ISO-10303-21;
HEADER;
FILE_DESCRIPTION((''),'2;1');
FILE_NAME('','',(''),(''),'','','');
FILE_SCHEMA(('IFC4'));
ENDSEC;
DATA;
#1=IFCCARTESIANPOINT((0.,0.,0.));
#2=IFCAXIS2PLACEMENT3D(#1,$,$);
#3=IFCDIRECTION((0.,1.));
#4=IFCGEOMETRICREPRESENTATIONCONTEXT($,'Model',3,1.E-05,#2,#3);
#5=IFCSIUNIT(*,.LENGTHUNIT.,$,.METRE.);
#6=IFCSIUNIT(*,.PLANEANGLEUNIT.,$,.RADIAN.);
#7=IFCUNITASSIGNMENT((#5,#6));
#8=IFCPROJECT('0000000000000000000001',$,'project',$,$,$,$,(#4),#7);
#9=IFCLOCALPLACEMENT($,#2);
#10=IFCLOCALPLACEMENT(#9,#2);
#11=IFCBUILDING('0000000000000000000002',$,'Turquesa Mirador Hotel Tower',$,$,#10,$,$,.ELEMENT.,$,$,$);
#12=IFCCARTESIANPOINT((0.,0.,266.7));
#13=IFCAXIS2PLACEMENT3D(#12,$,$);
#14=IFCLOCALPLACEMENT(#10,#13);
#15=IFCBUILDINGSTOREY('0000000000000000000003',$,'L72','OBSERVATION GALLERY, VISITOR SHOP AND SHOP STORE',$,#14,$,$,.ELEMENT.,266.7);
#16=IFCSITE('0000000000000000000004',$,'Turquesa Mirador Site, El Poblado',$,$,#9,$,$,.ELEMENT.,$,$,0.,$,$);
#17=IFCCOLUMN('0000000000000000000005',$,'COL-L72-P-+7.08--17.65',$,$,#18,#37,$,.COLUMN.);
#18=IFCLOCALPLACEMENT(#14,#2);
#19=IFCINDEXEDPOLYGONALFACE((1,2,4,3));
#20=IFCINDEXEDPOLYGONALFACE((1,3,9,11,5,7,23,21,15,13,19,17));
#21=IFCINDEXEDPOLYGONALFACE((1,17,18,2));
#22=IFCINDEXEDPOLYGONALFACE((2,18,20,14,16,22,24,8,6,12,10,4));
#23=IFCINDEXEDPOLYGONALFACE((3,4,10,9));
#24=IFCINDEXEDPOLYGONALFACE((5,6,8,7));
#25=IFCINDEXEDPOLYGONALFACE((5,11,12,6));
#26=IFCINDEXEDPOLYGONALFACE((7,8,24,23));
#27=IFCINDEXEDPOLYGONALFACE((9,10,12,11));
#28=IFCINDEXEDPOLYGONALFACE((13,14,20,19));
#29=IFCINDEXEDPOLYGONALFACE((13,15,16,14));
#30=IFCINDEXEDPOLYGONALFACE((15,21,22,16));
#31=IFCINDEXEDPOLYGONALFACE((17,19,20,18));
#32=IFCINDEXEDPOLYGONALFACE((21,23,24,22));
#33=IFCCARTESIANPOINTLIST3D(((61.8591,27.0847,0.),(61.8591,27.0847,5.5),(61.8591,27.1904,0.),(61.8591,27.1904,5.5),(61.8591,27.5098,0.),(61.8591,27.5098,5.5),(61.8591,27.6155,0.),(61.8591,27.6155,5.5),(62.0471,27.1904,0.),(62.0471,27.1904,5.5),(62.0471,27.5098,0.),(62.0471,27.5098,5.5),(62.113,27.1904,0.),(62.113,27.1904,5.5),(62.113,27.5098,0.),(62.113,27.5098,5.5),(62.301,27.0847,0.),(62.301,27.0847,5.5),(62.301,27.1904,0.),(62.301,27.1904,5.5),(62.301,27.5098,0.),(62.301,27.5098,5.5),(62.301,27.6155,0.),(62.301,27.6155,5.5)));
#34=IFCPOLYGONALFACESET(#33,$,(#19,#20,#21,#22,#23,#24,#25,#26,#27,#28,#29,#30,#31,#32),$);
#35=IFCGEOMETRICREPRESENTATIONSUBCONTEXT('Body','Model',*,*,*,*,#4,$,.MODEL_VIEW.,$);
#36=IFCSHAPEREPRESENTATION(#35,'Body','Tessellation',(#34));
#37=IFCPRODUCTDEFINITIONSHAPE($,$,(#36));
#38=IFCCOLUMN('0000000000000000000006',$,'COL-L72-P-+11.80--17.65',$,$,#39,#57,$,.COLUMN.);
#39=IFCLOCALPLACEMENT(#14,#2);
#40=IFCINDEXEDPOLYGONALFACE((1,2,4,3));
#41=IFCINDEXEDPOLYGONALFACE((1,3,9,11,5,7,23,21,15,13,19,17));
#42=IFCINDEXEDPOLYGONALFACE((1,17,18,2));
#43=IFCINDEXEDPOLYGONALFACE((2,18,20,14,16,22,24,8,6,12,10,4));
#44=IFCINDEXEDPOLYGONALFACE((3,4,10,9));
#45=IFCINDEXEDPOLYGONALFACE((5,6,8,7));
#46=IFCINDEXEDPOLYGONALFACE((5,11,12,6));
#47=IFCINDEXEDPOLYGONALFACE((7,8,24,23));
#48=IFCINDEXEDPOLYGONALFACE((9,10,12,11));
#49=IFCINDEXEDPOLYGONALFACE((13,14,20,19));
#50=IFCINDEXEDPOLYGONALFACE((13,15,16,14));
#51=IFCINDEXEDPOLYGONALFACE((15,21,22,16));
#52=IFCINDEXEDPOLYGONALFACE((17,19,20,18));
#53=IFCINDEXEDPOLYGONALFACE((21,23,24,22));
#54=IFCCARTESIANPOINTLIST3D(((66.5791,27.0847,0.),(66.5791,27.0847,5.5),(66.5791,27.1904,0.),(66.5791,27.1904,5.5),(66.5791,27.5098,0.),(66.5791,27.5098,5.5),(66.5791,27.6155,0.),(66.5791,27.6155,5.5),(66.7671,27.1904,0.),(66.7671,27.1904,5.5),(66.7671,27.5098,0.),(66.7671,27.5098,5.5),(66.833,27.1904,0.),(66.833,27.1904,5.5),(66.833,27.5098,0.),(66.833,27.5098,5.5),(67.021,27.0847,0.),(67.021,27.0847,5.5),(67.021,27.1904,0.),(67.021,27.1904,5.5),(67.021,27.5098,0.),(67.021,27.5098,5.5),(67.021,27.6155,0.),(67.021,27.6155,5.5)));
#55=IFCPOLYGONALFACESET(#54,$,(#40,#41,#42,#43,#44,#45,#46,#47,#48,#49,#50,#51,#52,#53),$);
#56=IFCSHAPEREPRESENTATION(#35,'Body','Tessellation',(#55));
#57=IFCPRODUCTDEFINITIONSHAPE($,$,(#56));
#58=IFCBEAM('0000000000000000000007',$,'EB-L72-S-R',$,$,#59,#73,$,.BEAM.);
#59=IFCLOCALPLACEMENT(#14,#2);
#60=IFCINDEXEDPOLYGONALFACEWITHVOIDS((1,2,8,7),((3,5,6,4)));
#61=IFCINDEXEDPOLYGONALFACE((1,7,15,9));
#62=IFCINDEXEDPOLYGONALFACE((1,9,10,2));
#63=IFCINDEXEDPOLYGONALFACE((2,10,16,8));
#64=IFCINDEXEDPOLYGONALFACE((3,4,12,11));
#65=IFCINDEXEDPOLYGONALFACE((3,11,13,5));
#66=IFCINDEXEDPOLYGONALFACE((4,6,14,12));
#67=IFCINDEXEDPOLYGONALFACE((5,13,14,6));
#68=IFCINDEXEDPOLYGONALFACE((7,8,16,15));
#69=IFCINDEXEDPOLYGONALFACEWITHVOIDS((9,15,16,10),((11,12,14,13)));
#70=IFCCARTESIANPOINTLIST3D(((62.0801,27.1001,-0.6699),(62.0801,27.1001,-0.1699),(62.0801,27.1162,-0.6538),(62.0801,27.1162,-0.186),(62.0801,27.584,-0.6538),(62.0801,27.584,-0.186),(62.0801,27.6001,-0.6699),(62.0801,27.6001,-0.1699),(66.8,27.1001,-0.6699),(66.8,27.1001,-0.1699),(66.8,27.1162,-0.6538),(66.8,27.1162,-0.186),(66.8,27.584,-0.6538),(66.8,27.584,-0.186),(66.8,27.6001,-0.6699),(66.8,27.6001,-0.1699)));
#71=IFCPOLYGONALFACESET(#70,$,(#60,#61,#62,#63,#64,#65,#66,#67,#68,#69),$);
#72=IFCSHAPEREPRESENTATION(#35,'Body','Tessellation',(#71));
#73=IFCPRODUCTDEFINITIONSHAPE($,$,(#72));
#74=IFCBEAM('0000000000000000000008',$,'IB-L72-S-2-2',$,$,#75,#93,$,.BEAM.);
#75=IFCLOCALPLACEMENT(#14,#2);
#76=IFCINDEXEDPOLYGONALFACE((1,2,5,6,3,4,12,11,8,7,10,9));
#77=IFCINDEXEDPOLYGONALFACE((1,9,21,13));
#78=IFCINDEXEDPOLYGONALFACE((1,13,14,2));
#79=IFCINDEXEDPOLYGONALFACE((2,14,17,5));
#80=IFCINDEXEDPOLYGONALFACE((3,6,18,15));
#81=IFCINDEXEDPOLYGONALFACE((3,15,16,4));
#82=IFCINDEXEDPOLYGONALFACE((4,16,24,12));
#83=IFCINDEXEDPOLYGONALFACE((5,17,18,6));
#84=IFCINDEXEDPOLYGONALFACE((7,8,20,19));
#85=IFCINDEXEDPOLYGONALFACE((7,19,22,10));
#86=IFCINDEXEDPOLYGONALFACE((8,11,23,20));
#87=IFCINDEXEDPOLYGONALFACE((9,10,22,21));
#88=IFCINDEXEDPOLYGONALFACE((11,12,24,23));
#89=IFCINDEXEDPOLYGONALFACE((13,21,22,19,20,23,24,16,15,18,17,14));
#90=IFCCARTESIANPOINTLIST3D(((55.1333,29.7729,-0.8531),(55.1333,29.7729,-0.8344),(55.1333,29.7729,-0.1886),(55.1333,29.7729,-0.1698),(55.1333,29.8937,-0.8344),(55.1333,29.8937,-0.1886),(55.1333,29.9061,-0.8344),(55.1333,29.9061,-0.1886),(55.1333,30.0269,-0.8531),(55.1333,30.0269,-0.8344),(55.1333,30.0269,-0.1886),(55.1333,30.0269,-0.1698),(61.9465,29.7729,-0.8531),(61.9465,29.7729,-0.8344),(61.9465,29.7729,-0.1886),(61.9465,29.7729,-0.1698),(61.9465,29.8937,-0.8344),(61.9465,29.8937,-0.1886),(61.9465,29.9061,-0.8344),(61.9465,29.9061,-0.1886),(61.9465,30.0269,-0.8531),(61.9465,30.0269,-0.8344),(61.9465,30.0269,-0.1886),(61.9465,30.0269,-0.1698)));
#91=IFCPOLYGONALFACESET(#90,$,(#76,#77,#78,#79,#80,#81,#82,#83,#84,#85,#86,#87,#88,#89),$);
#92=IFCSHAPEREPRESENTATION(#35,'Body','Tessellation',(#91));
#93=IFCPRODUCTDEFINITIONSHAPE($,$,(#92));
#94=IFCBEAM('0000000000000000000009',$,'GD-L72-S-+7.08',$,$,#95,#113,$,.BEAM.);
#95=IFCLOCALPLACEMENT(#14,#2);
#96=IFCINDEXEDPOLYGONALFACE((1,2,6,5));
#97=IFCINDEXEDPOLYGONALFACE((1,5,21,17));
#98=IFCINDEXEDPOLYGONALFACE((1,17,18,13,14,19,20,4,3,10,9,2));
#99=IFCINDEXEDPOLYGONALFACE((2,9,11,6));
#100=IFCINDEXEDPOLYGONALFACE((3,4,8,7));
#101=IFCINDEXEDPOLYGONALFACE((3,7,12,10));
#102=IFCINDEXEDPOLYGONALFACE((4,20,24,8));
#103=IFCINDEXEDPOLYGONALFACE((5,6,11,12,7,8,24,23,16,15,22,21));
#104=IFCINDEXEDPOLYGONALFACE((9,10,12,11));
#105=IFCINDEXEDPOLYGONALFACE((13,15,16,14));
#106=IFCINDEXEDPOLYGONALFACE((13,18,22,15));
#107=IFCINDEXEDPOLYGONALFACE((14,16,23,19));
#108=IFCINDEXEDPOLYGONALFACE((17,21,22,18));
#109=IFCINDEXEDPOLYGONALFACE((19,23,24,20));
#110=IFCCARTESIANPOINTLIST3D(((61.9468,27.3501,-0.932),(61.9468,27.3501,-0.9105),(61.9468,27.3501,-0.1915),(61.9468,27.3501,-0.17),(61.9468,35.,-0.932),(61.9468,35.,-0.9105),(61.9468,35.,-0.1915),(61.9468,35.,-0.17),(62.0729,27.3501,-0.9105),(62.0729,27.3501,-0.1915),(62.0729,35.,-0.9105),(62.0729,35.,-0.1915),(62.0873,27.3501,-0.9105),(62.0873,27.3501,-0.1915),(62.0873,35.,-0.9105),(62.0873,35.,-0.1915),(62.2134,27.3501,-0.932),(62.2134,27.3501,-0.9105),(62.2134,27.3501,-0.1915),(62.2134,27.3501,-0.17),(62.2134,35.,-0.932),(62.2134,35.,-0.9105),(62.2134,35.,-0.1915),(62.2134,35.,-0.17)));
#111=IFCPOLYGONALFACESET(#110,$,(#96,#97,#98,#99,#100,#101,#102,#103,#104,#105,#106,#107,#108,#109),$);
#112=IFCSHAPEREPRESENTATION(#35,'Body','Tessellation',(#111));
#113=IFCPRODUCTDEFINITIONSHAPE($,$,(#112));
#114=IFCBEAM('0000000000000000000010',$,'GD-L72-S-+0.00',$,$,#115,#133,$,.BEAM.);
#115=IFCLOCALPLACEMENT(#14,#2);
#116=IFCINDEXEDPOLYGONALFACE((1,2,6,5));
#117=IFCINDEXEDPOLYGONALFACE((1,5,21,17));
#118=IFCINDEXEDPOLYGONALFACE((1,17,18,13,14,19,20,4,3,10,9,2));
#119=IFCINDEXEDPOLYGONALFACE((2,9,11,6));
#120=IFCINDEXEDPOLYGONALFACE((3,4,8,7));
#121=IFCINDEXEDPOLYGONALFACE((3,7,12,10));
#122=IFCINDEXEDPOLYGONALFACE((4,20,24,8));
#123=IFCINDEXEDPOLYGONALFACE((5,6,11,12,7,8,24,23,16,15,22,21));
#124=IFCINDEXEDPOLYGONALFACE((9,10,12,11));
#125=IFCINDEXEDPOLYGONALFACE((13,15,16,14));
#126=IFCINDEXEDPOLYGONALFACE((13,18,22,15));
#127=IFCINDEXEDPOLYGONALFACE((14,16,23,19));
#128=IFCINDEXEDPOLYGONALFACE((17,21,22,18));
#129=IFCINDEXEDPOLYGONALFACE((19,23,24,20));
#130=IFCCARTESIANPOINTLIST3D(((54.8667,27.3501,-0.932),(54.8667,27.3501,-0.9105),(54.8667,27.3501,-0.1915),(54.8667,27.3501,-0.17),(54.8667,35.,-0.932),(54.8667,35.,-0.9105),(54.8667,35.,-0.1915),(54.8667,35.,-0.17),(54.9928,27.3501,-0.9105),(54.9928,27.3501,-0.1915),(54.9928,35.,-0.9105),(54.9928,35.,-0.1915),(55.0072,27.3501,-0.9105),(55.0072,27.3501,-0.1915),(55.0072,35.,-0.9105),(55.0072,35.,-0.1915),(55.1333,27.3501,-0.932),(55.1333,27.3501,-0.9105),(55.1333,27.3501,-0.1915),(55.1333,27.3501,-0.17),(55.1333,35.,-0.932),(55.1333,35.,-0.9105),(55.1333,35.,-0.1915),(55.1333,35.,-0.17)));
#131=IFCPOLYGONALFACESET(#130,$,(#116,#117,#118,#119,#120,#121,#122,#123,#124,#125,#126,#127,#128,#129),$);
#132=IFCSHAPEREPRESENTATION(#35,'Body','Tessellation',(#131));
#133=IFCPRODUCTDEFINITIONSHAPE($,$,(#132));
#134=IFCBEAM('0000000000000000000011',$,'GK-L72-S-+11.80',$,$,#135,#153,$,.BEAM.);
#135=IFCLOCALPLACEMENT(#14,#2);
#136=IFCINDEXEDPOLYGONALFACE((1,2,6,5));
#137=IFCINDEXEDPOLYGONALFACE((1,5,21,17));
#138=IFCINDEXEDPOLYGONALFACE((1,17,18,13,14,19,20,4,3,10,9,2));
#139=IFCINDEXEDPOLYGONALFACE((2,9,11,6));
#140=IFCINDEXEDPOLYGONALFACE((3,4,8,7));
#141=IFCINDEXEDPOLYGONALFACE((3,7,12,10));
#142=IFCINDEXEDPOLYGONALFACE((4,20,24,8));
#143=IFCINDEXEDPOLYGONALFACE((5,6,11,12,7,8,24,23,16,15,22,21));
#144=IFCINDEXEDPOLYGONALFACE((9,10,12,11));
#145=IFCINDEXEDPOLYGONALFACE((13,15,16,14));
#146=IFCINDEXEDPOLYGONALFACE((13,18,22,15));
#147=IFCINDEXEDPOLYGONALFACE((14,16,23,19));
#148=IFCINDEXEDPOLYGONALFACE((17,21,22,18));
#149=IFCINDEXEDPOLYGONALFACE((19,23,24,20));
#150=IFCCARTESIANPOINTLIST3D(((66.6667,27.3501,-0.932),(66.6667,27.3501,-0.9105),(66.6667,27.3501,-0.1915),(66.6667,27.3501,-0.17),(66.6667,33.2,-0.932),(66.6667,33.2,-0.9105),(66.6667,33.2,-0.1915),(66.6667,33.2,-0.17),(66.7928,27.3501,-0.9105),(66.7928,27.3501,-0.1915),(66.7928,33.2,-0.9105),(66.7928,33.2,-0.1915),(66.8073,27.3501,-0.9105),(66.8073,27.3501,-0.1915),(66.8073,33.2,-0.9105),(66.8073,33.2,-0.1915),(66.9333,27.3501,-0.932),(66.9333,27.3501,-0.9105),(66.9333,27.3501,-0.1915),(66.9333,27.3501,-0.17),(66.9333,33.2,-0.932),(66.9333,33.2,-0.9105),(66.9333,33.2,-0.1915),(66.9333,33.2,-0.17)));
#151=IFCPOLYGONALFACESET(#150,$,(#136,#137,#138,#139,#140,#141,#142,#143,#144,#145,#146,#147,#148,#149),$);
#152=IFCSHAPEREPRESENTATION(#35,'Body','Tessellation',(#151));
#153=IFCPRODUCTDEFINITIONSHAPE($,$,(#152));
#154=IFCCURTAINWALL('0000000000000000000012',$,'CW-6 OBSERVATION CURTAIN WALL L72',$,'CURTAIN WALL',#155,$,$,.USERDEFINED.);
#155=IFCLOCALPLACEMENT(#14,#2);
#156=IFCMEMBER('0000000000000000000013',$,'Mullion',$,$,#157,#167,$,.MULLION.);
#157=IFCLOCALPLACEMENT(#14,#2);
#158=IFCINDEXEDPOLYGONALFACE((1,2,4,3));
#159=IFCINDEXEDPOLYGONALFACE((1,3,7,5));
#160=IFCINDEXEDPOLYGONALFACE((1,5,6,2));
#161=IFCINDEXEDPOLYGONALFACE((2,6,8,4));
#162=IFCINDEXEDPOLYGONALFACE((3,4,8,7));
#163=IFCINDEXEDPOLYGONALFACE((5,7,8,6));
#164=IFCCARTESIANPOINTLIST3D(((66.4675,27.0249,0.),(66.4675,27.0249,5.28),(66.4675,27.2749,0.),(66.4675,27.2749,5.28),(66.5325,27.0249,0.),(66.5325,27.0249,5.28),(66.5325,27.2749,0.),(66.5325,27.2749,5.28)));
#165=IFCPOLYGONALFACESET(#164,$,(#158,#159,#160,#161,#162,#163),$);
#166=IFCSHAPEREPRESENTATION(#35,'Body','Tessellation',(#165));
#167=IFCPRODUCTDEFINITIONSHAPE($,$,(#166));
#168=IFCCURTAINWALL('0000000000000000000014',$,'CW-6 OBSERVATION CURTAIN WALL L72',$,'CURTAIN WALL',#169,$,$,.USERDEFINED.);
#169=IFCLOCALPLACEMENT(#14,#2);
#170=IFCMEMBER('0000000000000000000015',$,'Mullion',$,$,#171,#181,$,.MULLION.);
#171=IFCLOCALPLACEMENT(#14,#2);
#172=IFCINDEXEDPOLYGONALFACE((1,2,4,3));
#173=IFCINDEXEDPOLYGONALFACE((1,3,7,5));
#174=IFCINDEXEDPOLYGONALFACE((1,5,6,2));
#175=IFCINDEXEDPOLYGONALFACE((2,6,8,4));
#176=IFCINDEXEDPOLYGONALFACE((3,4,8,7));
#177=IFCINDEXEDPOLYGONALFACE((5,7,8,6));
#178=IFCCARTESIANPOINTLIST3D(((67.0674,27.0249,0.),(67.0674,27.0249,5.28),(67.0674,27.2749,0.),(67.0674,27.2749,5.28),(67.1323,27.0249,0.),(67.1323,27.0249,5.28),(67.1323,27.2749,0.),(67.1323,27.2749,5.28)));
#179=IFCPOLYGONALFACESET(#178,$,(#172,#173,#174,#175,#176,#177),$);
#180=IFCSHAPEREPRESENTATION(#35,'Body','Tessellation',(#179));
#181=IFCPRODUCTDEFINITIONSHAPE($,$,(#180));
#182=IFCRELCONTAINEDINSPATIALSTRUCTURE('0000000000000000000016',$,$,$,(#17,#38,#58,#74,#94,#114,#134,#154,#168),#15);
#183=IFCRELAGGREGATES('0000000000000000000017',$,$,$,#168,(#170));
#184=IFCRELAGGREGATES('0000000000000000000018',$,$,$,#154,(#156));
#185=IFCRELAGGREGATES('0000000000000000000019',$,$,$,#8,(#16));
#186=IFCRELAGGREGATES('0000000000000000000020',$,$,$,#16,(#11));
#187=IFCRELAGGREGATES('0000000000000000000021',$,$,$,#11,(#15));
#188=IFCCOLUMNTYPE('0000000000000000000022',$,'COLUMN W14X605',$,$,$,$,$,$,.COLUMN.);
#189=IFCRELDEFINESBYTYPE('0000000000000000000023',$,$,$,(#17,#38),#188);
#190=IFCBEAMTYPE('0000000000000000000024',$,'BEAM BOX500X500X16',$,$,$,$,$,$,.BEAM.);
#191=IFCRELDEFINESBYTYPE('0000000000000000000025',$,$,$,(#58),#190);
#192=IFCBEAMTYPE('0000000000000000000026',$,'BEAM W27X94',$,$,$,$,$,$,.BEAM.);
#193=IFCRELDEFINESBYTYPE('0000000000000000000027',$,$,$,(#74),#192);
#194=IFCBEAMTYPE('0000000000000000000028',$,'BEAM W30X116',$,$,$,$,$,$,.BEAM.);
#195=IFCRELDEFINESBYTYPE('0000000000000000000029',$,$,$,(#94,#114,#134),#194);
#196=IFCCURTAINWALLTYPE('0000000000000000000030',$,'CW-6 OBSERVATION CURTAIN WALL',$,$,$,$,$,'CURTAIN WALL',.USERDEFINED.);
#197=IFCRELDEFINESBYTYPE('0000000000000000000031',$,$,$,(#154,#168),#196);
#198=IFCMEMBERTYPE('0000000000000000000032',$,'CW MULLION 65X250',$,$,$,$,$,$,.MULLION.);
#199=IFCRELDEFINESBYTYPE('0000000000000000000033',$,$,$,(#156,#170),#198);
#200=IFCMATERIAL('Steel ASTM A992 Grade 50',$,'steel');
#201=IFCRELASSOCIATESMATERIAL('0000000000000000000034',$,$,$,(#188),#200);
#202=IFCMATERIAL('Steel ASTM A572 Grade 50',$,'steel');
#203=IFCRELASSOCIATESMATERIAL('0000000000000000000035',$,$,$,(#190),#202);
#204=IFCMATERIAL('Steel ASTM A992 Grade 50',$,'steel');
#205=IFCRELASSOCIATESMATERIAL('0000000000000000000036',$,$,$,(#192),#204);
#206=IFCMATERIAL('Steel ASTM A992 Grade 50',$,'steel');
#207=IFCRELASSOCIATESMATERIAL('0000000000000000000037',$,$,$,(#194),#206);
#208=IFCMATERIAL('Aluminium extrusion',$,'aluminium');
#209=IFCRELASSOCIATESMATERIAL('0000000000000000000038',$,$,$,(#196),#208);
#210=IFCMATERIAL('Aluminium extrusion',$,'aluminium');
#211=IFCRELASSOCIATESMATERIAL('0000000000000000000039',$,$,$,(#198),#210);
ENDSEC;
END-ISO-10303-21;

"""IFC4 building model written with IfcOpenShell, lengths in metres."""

from ifc_helpers import new_model, si_unit, direction, frame, origin, origin_2d, place, context, subcontext, project, spatial, rectangle, hollow_rectangle, i_section, extrude, material, material_profile, profile_set, type_object, element, aggregate, save


model = new_model("IFC4")

# Units and contexts
model_context = context("Model", 3, precision=1e-05, world=origin(), true_north=direction((0.0, 1.0)))
body_context = subcontext(model_context, "Body", "Model", "MODEL_VIEW")
ifc_project = project(units=[si_unit("LENGTHUNIT", "METRE"), si_unit("PLANEANGLEUNIT", "RADIAN")], contexts=[model_context])

# Site, building, storey
site_placement = place(None, origin())
site = spatial("IfcSite", under=ifc_project, at=site_placement, Name="Turquesa Mirador Site, El Poblado", CompositionType="ELEMENT", RefElevation=0.0)
building_placement = place(site_placement, origin())
building = spatial("IfcBuilding", under=site, at=building_placement, Name="Turquesa Mirador Hotel Tower", CompositionType="ELEMENT")
storey_placement = place(building_placement, frame((0.0, 0.0, 266.7)))
storey = spatial("IfcBuildingStorey", under=building, at=storey_placement, Name="L72", Description="OBSERVATION GALLERY, VISITOR SHOP AND SHOP STORE", CompositionType="ELEMENT", Elevation=266.7)

# Columns
ifc_material_1 = material(Name="Steel ASTM A992 Grade 50", Category="steel")
ifc_material_profile_1 = material_profile(ifc_material_1, i_section(OverallWidth=0.4419, OverallDepth=0.5308, WebThickness=0.0659, FlangeThickness=0.1057, at=origin_2d()), Name="W14X605")
ifc_profile_set_1 = profile_set([ifc_material_profile_1], Name="Steel ASTM A992 Grade 50")
column_type = type_object("IfcColumnType", Name="COLUMN W14X605", PredefinedType="COLUMN", material=ifc_profile_set_1)
for number, where, z_axis, x_axis, name in (
    (1, (62.0801, 27.3501, 0.0), (0.0, 0.0, 1.0), (1.0, 0.0, 0.0), "COL-L72-P-+7.08--17.65"),
    (2, (66.8, 27.3501, 0.0), (0.0, 0.0, 1.0), (1.0, 0.0, 0.0), "COL-L72-P-+11.80--17.65"),
):
    element("IfcColumn", number, at=place(storey_placement, frame(where, z_axis=z_axis, x_axis=x_axis)), inside=storey, type_object=column_type, Name=name, PredefinedType="COLUMN", context=body_context, shape_type="SweptSolid", body=[
        extrude(i_section(OverallWidth=0.4419, OverallDepth=0.5308, WebThickness=0.0659, FlangeThickness=0.1057, at=origin_2d()), origin(), (0.0, 0.0, 1.0), 5.5),
    ])

# Beams
ifc_material_2 = material(Name="Steel ASTM A572 Grade 50", Category="steel")
ifc_material_profile_2 = material_profile(ifc_material_2, hollow_rectangle(XDim=0.5, YDim=0.5, WallThickness=0.0161, at=origin_2d()), Name="BOX500X500X16")
ifc_profile_set_2 = profile_set([ifc_material_profile_2], Name="Steel ASTM A572 Grade 50")
beam_type_1 = type_object("IfcBeamType", Name="BEAM BOX500X500X16", PredefinedType="BEAM", material=ifc_profile_set_2)
beam_1_placement = place(storey_placement, frame((62.0801, 27.3501, -0.4199), z_axis=(1.0, 0.0, 0.0), x_axis=(0.0, 1.0, 0.0)))
element("IfcBeam", 3, at=beam_1_placement, inside=storey, type_object=beam_type_1, Name="EB-L72-S-R", PredefinedType="BEAM", context=body_context, shape_type="SweptSolid", body=[
    extrude(hollow_rectangle(XDim=0.5, YDim=0.5, WallThickness=0.0161, at=origin_2d()), origin(), (0.0, 0.0, 1.0), 4.72),
])
ifc_material_3 = material(Name="Steel ASTM A992 Grade 50", Category="steel")
ifc_material_profile_3 = material_profile(ifc_material_3, i_section(OverallWidth=0.2539, OverallDepth=0.6833, WebThickness=0.0125, FlangeThickness=0.0188, at=origin_2d()), Name="W27X94")
ifc_profile_set_3 = profile_set([ifc_material_profile_3], Name="Steel ASTM A992 Grade 50")
beam_type_2 = type_object("IfcBeamType", Name="BEAM W27X94", PredefinedType="BEAM", material=ifc_profile_set_3)
beam_2_placement = place(storey_placement, frame((55.1333, 29.8999, -0.5115), z_axis=(1.0, 0.0, 0.0), x_axis=(0.0, 1.0, 0.0)))
element("IfcBeam", 4, at=beam_2_placement, inside=storey, type_object=beam_type_2, Name="IB-L72-S-2-2", PredefinedType="BEAM", context=body_context, shape_type="SweptSolid", body=[
    extrude(i_section(OverallWidth=0.2539, OverallDepth=0.6833, WebThickness=0.0125, FlangeThickness=0.0188, at=origin_2d()), origin(), (0.0, 0.0, 1.0), 6.8132),
])
ifc_material_4 = material(Name="Steel ASTM A992 Grade 50", Category="steel")
ifc_material_profile_4 = material_profile(ifc_material_4, i_section(OverallWidth=0.2666, OverallDepth=0.762, WebThickness=0.0144, FlangeThickness=0.0215, at=origin_2d()), Name="W30X116")
ifc_profile_set_4 = profile_set([ifc_material_profile_4], Name="Steel ASTM A992 Grade 50")
beam_type_3 = type_object("IfcBeamType", Name="BEAM W30X116", PredefinedType="BEAM", material=ifc_profile_set_4)
for number, where, z_axis, x_axis, name in (
    (5, (62.0801, 27.3501, -0.551), (0.0, 1.0, 0.0), (-1.0, 0.0, 0.0), "GD-L72-S-+7.08"),
    (6, (55.0, 27.3501, -0.551), (0.0, 1.0, 0.0), (-1.0, 0.0, 0.0), "GD-L72-S-+0.00"),
):
    element("IfcBeam", number, at=place(storey_placement, frame(where, z_axis=z_axis, x_axis=x_axis)), inside=storey, type_object=beam_type_3, Name=name, PredefinedType="BEAM", context=body_context, shape_type="SweptSolid", body=[
        extrude(i_section(OverallWidth=0.2666, OverallDepth=0.762, WebThickness=0.0144, FlangeThickness=0.0215, at=origin_2d()), origin(), (0.0, 0.0, 1.0), 7.6499),
    ])
beam_3_placement = place(storey_placement, frame((66.8, 27.3501, -0.551), z_axis=(0.0, 1.0, 0.0), x_axis=(-1.0, 0.0, 0.0)))
element("IfcBeam", 7, at=beam_3_placement, inside=storey, type_object=beam_type_3, Name="GK-L72-S-+11.80", PredefinedType="BEAM", context=body_context, shape_type="SweptSolid", body=[
    extrude(i_section(OverallWidth=0.2666, OverallDepth=0.762, WebThickness=0.0144, FlangeThickness=0.0215, at=origin_2d()), origin(), (0.0, 0.0, 1.0), 5.8499),
])

# Curtain walls, members
ifc_material_5 = material(Name="Aluminium extrusion", Category="aluminium")
curtain_wall_type = type_object("IfcCurtainWallType", Name="CW-6 OBSERVATION CURTAIN WALL", ElementType="CURTAIN WALL", PredefinedType="USERDEFINED", material=ifc_material_5)
curtain_wall_1_placement = place(storey_placement, origin())
curtain_wall_1 = element("IfcCurtainWall", 8, at=curtain_wall_1_placement, inside=storey, type_object=curtain_wall_type, Name="CW-6 OBSERVATION CURTAIN WALL L72", ObjectType="CURTAIN WALL", PredefinedType="USERDEFINED")
ifc_material_6 = material(Name="Aluminium extrusion", Category="aluminium")
ifc_material_profile_5 = material_profile(ifc_material_6, rectangle(XDim=0.0649, YDim=0.25, at=origin_2d()), Name="MULLION 65X250")
ifc_profile_set_5 = profile_set([ifc_material_profile_5], Name="Aluminium extrusion")
member_type_1 = type_object("IfcMemberType", Name="CW MULLION 65X250", PredefinedType="MULLION", material=ifc_profile_set_5)
member_1_placement = place(storey_placement, frame((66.5, 27.1499, 0.0), z_axis=(0.0, 0.0, 1.0), x_axis=(1.0, 0.0, 0.0)))
member_1 = element("IfcMember", 9, at=member_1_placement, type_object=member_type_1, Name="Mullion", PredefinedType="MULLION", context=body_context, shape_type="SweptSolid", body=[
    extrude(rectangle(XDim=0.0649, YDim=0.25, at=origin_2d()), origin(), (0.0, 0.0, 1.0), 5.28),
])
curtain_wall_2_placement = place(storey_placement, origin())
curtain_wall_2 = element("IfcCurtainWall", 10, at=curtain_wall_2_placement, inside=storey, type_object=curtain_wall_type, Name="CW-6 OBSERVATION CURTAIN WALL L72", ObjectType="CURTAIN WALL", PredefinedType="USERDEFINED")
member_2_placement = place(storey_placement, frame((67.0999, 27.1499, 0.0), z_axis=(0.0, 0.0, 1.0), x_axis=(1.0, 0.0, 0.0)))
member_2 = element("IfcMember", 11, at=member_2_placement, type_object=member_type_1, Name="Mullion", PredefinedType="MULLION", context=body_context, shape_type="SweptSolid", body=[
    extrude(rectangle(XDim=0.0649, YDim=0.25, at=origin_2d()), origin(), (0.0, 0.0, 1.0), 5.28),
])

aggregate(curtain_wall_2, [member_2])

aggregate(curtain_wall_1, [member_1])

save(model, "model.ifc")
